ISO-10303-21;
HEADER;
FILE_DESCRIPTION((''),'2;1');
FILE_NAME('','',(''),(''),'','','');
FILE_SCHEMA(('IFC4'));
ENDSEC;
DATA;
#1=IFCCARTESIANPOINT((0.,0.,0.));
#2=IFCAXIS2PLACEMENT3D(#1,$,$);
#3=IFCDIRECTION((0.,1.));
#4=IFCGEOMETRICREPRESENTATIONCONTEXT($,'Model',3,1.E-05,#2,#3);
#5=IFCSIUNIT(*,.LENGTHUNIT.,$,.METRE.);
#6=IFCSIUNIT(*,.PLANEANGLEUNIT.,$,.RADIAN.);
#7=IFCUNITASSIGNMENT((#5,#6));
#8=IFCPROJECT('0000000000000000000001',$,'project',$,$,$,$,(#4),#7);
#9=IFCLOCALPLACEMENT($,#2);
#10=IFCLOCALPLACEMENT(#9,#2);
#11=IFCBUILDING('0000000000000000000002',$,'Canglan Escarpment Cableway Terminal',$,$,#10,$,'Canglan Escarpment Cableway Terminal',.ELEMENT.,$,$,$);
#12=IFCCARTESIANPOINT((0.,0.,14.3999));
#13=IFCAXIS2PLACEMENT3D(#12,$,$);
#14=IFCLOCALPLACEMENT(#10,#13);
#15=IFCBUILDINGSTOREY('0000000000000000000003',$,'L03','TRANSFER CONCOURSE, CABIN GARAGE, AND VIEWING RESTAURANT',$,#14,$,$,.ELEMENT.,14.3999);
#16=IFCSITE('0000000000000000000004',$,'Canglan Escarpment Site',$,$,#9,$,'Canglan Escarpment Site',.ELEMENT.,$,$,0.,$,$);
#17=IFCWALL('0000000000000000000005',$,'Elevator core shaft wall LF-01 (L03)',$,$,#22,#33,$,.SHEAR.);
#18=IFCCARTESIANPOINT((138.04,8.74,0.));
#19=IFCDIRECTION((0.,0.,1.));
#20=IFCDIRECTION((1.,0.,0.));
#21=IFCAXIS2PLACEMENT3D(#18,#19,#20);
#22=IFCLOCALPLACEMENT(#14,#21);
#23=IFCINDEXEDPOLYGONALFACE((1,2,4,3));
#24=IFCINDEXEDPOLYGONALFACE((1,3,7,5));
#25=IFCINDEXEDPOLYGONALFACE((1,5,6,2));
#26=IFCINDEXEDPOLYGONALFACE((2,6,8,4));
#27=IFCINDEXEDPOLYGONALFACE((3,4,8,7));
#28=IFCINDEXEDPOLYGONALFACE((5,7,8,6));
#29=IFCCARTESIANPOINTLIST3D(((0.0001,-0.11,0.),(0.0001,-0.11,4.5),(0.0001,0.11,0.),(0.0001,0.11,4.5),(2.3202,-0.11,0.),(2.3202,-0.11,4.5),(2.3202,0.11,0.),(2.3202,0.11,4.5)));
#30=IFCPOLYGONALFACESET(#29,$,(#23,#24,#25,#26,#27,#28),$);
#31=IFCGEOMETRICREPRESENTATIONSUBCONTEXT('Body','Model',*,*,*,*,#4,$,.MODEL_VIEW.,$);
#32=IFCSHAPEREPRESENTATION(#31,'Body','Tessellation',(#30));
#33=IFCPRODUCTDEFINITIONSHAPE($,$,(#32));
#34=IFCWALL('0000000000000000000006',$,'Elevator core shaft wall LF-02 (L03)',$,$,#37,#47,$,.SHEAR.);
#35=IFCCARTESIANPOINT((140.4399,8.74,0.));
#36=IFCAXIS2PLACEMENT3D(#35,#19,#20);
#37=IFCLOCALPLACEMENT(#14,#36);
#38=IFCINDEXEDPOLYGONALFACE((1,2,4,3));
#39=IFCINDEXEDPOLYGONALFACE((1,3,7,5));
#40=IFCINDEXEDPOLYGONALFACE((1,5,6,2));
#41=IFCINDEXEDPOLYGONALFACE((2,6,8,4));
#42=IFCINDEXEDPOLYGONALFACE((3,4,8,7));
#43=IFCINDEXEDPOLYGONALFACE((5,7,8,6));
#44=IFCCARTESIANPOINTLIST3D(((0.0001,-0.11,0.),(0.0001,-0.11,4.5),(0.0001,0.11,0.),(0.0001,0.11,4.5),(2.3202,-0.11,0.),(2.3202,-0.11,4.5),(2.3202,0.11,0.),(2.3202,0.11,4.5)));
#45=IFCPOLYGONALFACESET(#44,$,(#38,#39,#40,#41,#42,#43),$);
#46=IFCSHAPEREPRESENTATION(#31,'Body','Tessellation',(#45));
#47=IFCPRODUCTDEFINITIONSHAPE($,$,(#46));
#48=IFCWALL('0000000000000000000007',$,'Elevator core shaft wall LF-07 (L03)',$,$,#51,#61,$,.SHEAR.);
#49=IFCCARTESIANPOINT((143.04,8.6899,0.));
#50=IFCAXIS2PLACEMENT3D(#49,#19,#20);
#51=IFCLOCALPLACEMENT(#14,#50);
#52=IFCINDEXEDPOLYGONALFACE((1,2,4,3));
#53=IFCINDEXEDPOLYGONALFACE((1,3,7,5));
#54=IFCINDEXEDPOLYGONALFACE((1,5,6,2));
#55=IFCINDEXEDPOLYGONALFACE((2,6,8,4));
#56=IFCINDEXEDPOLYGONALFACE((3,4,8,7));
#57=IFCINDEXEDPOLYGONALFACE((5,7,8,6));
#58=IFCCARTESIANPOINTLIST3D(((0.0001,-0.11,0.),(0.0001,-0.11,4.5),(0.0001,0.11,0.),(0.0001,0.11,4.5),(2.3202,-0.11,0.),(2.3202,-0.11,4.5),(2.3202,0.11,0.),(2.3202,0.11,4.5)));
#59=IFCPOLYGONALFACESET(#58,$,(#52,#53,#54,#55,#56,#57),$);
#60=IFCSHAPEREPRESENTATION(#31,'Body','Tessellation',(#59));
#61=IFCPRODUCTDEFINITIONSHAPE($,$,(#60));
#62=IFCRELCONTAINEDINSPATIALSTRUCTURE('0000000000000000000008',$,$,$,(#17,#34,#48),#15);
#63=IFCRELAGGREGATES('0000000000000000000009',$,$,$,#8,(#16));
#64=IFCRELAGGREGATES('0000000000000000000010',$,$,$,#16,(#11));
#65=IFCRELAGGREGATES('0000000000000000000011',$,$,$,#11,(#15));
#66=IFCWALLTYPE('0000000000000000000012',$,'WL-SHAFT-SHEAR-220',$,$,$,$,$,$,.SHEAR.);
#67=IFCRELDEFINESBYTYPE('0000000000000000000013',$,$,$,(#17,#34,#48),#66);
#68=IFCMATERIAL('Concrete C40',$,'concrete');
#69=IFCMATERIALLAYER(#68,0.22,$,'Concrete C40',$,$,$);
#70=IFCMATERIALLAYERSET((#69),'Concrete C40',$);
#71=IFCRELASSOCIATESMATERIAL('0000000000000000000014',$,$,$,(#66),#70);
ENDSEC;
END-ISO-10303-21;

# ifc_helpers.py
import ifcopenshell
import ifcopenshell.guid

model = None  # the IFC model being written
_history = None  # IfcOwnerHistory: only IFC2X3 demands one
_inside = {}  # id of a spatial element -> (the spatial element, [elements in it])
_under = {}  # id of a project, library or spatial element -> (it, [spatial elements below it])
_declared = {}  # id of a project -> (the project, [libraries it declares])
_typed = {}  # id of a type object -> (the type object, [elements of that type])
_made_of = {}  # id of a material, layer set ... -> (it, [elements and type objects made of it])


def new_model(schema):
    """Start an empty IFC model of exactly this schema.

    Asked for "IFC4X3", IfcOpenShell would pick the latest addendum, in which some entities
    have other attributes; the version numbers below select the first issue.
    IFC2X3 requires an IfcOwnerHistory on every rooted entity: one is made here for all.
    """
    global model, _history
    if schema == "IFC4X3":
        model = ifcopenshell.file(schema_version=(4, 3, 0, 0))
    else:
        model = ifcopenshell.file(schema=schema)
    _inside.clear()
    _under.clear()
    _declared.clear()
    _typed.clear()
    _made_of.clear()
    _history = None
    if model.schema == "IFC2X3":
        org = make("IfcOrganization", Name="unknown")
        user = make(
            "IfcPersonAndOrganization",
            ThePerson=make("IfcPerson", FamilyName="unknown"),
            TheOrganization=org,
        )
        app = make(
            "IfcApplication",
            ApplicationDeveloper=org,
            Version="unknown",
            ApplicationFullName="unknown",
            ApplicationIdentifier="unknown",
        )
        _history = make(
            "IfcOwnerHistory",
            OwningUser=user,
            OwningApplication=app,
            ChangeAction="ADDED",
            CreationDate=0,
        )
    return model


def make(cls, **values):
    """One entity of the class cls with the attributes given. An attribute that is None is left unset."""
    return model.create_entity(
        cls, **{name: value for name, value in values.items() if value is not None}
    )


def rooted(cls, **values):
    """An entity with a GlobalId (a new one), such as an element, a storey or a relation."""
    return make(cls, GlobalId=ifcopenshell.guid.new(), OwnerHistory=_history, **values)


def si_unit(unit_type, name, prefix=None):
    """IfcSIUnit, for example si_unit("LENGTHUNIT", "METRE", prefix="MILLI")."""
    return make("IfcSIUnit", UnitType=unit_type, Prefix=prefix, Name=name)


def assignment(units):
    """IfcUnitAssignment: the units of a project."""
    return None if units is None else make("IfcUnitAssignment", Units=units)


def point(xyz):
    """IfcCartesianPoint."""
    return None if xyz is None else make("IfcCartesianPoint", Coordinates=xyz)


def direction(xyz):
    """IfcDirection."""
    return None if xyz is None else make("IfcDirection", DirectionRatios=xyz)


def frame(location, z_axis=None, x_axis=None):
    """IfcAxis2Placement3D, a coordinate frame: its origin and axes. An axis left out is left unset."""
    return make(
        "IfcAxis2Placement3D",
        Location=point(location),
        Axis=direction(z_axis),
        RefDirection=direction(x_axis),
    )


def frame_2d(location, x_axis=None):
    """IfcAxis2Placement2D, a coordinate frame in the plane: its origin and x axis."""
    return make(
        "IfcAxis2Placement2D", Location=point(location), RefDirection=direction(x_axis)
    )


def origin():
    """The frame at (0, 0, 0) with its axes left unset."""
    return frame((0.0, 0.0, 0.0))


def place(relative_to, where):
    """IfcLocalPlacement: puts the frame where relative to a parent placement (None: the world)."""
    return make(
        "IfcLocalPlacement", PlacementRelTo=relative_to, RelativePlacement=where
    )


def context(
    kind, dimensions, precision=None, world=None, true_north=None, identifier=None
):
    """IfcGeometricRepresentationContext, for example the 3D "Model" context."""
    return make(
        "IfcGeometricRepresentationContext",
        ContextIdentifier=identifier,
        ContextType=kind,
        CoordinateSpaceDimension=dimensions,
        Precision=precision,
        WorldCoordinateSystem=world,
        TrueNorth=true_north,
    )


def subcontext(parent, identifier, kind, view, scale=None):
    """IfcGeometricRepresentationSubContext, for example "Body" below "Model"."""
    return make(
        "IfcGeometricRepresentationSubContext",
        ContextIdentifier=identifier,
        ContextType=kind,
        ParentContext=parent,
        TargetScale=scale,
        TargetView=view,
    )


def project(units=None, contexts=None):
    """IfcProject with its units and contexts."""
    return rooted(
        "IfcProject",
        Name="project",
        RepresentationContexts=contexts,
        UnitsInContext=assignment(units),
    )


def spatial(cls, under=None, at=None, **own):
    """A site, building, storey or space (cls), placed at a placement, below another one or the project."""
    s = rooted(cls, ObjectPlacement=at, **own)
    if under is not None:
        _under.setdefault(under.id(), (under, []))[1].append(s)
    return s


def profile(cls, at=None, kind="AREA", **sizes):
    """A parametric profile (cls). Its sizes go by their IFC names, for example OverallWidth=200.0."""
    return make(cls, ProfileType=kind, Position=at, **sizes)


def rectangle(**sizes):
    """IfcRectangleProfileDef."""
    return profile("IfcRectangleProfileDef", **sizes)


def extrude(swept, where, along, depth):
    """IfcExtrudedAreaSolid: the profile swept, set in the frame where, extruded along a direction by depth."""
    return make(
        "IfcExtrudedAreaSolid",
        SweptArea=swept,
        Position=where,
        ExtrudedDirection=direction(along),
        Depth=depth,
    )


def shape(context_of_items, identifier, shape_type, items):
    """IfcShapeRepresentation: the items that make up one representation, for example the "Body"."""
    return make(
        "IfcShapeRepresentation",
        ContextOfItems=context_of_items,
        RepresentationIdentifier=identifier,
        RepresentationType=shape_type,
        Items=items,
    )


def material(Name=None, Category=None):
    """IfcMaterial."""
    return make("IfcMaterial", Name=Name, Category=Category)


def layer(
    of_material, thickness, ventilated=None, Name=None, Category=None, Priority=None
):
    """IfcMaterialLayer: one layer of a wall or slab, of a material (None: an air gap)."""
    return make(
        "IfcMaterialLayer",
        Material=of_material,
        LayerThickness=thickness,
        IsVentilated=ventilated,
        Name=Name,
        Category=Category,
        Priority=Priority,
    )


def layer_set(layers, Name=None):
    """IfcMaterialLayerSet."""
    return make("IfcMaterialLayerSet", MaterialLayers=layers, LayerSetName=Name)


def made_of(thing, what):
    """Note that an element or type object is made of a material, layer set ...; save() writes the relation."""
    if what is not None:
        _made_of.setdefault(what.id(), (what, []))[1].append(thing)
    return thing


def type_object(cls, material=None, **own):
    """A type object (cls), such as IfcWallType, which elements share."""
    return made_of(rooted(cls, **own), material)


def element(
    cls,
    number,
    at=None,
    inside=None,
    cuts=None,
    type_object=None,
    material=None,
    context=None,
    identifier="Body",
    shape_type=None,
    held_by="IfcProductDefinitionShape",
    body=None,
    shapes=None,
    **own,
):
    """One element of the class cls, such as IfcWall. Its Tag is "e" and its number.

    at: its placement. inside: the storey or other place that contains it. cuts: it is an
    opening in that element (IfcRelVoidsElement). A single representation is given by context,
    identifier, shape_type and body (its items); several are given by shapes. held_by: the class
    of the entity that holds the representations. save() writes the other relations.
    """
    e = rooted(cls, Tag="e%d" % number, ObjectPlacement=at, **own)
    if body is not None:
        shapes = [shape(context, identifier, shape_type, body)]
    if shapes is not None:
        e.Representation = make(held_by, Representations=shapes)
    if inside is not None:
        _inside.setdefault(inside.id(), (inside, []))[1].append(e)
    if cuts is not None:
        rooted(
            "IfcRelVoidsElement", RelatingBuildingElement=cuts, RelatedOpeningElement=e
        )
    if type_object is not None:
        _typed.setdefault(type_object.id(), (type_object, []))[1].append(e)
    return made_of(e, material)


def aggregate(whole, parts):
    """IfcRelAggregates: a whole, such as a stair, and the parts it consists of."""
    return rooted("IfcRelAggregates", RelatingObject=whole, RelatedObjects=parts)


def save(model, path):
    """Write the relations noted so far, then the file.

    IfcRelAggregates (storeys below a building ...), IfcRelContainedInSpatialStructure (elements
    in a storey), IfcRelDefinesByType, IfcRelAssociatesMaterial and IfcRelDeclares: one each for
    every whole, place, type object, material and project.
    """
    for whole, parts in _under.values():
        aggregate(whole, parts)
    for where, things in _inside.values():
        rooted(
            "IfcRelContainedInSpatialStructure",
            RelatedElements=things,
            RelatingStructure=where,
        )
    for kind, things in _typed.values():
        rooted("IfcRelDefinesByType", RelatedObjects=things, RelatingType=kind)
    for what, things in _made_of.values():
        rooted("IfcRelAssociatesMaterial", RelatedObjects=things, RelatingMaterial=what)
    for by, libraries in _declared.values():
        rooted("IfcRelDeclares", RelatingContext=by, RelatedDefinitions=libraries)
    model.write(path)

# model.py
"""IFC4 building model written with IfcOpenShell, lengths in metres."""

from ifc_helpers import new_model, si_unit, direction, frame, frame_2d, origin, place, context, subcontext, project, spatial, rectangle, extrude, material, layer, layer_set, type_object, element, save


model = new_model("IFC4")

# Units and contexts
model_context = context("Model", 3, precision=1e-05, world=origin(), true_north=direction((0.0, 1.0)))
body_context = subcontext(model_context, "Body", "Model", "MODEL_VIEW")
ifc_project = project(units=[si_unit("LENGTHUNIT", "METRE"), si_unit("PLANEANGLEUNIT", "RADIAN")], contexts=[model_context])

# Site, building, storey
site_placement = place(None, origin())
site = spatial("IfcSite", under=ifc_project, at=site_placement, Name="Canglan Escarpment Site", LongName="Canglan Escarpment Site", CompositionType="ELEMENT", RefElevation=0.0)
building_placement = place(site_placement, origin())
building = spatial("IfcBuilding", under=site, at=building_placement, Name="Canglan Escarpment Cableway Terminal", LongName="Canglan Escarpment Cableway Terminal", CompositionType="ELEMENT")
storey_placement = place(building_placement, frame((0.0, 0.0, 14.3999)))
storey = spatial("IfcBuildingStorey", under=building, at=storey_placement, Name="L03", Description="TRANSFER CONCOURSE, CABIN GARAGE, AND VIEWING RESTAURANT", CompositionType="ELEMENT", Elevation=14.3999)

# Shared definitions
ifc_material_1 = material(Name="Concrete C40", Category="concrete")

# Wall
ifc_layer_1 = layer(ifc_material_1, 0.22, Name="Concrete C40")
ifc_layer_set_1 = layer_set([ifc_layer_1], Name="Concrete C40")
wall_type_1 = type_object("IfcWallType", Name="WL-SHAFT-SHEAR-220", PredefinedType="SHEAR", material=ifc_layer_set_1)
wall_1_placement = place(storey_placement, frame((138.04, 8.74, 0.0), z_axis=(0.0, 0.0, 1.0), x_axis=(1.0, 0.0, 0.0)))
element("IfcWall", 1, at=wall_1_placement, inside=storey, type_object=wall_type_1, Name="Elevator core shaft wall LF-01 (L03)", PredefinedType="SHEAR", context=body_context, shape_type="SweptSolid", body=[
    extrude(rectangle(XDim=2.3201, YDim=0.22, at=frame_2d((1.1602, 0.0))), origin(), (0.0, 0.0, 1.0), 4.5),
])

# Wall
wall_2_placement = place(storey_placement, frame((140.4399, 8.74, 0.0), z_axis=(0.0, 0.0, 1.0), x_axis=(1.0, 0.0, 0.0)))
element("IfcWall", 2, at=wall_2_placement, inside=storey, type_object=wall_type_1, Name="Elevator core shaft wall LF-02 (L03)", PredefinedType="SHEAR", context=body_context, shape_type="SweptSolid", body=[
    extrude(rectangle(XDim=2.3201, YDim=0.22, at=frame_2d((1.1602, 0.0))), origin(), (0.0, 0.0, 1.0), 4.5),
])

# Wall
wall_3_placement = place(storey_placement, frame((143.04, 8.6899, 0.0), z_axis=(0.0, 0.0, 1.0), x_axis=(1.0, 0.0, 0.0)))
element("IfcWall", 3, at=wall_3_placement, inside=storey, type_object=wall_type_1, Name="Elevator core shaft wall LF-07 (L03)", PredefinedType="SHEAR", context=body_context, shape_type="SweptSolid", body=[
    extrude(rectangle(XDim=2.3201, YDim=0.22, at=frame_2d((1.1602, 0.0))), origin(), (0.0, 0.0, 1.0), 4.5),
])

save(model, "model.ifc")
